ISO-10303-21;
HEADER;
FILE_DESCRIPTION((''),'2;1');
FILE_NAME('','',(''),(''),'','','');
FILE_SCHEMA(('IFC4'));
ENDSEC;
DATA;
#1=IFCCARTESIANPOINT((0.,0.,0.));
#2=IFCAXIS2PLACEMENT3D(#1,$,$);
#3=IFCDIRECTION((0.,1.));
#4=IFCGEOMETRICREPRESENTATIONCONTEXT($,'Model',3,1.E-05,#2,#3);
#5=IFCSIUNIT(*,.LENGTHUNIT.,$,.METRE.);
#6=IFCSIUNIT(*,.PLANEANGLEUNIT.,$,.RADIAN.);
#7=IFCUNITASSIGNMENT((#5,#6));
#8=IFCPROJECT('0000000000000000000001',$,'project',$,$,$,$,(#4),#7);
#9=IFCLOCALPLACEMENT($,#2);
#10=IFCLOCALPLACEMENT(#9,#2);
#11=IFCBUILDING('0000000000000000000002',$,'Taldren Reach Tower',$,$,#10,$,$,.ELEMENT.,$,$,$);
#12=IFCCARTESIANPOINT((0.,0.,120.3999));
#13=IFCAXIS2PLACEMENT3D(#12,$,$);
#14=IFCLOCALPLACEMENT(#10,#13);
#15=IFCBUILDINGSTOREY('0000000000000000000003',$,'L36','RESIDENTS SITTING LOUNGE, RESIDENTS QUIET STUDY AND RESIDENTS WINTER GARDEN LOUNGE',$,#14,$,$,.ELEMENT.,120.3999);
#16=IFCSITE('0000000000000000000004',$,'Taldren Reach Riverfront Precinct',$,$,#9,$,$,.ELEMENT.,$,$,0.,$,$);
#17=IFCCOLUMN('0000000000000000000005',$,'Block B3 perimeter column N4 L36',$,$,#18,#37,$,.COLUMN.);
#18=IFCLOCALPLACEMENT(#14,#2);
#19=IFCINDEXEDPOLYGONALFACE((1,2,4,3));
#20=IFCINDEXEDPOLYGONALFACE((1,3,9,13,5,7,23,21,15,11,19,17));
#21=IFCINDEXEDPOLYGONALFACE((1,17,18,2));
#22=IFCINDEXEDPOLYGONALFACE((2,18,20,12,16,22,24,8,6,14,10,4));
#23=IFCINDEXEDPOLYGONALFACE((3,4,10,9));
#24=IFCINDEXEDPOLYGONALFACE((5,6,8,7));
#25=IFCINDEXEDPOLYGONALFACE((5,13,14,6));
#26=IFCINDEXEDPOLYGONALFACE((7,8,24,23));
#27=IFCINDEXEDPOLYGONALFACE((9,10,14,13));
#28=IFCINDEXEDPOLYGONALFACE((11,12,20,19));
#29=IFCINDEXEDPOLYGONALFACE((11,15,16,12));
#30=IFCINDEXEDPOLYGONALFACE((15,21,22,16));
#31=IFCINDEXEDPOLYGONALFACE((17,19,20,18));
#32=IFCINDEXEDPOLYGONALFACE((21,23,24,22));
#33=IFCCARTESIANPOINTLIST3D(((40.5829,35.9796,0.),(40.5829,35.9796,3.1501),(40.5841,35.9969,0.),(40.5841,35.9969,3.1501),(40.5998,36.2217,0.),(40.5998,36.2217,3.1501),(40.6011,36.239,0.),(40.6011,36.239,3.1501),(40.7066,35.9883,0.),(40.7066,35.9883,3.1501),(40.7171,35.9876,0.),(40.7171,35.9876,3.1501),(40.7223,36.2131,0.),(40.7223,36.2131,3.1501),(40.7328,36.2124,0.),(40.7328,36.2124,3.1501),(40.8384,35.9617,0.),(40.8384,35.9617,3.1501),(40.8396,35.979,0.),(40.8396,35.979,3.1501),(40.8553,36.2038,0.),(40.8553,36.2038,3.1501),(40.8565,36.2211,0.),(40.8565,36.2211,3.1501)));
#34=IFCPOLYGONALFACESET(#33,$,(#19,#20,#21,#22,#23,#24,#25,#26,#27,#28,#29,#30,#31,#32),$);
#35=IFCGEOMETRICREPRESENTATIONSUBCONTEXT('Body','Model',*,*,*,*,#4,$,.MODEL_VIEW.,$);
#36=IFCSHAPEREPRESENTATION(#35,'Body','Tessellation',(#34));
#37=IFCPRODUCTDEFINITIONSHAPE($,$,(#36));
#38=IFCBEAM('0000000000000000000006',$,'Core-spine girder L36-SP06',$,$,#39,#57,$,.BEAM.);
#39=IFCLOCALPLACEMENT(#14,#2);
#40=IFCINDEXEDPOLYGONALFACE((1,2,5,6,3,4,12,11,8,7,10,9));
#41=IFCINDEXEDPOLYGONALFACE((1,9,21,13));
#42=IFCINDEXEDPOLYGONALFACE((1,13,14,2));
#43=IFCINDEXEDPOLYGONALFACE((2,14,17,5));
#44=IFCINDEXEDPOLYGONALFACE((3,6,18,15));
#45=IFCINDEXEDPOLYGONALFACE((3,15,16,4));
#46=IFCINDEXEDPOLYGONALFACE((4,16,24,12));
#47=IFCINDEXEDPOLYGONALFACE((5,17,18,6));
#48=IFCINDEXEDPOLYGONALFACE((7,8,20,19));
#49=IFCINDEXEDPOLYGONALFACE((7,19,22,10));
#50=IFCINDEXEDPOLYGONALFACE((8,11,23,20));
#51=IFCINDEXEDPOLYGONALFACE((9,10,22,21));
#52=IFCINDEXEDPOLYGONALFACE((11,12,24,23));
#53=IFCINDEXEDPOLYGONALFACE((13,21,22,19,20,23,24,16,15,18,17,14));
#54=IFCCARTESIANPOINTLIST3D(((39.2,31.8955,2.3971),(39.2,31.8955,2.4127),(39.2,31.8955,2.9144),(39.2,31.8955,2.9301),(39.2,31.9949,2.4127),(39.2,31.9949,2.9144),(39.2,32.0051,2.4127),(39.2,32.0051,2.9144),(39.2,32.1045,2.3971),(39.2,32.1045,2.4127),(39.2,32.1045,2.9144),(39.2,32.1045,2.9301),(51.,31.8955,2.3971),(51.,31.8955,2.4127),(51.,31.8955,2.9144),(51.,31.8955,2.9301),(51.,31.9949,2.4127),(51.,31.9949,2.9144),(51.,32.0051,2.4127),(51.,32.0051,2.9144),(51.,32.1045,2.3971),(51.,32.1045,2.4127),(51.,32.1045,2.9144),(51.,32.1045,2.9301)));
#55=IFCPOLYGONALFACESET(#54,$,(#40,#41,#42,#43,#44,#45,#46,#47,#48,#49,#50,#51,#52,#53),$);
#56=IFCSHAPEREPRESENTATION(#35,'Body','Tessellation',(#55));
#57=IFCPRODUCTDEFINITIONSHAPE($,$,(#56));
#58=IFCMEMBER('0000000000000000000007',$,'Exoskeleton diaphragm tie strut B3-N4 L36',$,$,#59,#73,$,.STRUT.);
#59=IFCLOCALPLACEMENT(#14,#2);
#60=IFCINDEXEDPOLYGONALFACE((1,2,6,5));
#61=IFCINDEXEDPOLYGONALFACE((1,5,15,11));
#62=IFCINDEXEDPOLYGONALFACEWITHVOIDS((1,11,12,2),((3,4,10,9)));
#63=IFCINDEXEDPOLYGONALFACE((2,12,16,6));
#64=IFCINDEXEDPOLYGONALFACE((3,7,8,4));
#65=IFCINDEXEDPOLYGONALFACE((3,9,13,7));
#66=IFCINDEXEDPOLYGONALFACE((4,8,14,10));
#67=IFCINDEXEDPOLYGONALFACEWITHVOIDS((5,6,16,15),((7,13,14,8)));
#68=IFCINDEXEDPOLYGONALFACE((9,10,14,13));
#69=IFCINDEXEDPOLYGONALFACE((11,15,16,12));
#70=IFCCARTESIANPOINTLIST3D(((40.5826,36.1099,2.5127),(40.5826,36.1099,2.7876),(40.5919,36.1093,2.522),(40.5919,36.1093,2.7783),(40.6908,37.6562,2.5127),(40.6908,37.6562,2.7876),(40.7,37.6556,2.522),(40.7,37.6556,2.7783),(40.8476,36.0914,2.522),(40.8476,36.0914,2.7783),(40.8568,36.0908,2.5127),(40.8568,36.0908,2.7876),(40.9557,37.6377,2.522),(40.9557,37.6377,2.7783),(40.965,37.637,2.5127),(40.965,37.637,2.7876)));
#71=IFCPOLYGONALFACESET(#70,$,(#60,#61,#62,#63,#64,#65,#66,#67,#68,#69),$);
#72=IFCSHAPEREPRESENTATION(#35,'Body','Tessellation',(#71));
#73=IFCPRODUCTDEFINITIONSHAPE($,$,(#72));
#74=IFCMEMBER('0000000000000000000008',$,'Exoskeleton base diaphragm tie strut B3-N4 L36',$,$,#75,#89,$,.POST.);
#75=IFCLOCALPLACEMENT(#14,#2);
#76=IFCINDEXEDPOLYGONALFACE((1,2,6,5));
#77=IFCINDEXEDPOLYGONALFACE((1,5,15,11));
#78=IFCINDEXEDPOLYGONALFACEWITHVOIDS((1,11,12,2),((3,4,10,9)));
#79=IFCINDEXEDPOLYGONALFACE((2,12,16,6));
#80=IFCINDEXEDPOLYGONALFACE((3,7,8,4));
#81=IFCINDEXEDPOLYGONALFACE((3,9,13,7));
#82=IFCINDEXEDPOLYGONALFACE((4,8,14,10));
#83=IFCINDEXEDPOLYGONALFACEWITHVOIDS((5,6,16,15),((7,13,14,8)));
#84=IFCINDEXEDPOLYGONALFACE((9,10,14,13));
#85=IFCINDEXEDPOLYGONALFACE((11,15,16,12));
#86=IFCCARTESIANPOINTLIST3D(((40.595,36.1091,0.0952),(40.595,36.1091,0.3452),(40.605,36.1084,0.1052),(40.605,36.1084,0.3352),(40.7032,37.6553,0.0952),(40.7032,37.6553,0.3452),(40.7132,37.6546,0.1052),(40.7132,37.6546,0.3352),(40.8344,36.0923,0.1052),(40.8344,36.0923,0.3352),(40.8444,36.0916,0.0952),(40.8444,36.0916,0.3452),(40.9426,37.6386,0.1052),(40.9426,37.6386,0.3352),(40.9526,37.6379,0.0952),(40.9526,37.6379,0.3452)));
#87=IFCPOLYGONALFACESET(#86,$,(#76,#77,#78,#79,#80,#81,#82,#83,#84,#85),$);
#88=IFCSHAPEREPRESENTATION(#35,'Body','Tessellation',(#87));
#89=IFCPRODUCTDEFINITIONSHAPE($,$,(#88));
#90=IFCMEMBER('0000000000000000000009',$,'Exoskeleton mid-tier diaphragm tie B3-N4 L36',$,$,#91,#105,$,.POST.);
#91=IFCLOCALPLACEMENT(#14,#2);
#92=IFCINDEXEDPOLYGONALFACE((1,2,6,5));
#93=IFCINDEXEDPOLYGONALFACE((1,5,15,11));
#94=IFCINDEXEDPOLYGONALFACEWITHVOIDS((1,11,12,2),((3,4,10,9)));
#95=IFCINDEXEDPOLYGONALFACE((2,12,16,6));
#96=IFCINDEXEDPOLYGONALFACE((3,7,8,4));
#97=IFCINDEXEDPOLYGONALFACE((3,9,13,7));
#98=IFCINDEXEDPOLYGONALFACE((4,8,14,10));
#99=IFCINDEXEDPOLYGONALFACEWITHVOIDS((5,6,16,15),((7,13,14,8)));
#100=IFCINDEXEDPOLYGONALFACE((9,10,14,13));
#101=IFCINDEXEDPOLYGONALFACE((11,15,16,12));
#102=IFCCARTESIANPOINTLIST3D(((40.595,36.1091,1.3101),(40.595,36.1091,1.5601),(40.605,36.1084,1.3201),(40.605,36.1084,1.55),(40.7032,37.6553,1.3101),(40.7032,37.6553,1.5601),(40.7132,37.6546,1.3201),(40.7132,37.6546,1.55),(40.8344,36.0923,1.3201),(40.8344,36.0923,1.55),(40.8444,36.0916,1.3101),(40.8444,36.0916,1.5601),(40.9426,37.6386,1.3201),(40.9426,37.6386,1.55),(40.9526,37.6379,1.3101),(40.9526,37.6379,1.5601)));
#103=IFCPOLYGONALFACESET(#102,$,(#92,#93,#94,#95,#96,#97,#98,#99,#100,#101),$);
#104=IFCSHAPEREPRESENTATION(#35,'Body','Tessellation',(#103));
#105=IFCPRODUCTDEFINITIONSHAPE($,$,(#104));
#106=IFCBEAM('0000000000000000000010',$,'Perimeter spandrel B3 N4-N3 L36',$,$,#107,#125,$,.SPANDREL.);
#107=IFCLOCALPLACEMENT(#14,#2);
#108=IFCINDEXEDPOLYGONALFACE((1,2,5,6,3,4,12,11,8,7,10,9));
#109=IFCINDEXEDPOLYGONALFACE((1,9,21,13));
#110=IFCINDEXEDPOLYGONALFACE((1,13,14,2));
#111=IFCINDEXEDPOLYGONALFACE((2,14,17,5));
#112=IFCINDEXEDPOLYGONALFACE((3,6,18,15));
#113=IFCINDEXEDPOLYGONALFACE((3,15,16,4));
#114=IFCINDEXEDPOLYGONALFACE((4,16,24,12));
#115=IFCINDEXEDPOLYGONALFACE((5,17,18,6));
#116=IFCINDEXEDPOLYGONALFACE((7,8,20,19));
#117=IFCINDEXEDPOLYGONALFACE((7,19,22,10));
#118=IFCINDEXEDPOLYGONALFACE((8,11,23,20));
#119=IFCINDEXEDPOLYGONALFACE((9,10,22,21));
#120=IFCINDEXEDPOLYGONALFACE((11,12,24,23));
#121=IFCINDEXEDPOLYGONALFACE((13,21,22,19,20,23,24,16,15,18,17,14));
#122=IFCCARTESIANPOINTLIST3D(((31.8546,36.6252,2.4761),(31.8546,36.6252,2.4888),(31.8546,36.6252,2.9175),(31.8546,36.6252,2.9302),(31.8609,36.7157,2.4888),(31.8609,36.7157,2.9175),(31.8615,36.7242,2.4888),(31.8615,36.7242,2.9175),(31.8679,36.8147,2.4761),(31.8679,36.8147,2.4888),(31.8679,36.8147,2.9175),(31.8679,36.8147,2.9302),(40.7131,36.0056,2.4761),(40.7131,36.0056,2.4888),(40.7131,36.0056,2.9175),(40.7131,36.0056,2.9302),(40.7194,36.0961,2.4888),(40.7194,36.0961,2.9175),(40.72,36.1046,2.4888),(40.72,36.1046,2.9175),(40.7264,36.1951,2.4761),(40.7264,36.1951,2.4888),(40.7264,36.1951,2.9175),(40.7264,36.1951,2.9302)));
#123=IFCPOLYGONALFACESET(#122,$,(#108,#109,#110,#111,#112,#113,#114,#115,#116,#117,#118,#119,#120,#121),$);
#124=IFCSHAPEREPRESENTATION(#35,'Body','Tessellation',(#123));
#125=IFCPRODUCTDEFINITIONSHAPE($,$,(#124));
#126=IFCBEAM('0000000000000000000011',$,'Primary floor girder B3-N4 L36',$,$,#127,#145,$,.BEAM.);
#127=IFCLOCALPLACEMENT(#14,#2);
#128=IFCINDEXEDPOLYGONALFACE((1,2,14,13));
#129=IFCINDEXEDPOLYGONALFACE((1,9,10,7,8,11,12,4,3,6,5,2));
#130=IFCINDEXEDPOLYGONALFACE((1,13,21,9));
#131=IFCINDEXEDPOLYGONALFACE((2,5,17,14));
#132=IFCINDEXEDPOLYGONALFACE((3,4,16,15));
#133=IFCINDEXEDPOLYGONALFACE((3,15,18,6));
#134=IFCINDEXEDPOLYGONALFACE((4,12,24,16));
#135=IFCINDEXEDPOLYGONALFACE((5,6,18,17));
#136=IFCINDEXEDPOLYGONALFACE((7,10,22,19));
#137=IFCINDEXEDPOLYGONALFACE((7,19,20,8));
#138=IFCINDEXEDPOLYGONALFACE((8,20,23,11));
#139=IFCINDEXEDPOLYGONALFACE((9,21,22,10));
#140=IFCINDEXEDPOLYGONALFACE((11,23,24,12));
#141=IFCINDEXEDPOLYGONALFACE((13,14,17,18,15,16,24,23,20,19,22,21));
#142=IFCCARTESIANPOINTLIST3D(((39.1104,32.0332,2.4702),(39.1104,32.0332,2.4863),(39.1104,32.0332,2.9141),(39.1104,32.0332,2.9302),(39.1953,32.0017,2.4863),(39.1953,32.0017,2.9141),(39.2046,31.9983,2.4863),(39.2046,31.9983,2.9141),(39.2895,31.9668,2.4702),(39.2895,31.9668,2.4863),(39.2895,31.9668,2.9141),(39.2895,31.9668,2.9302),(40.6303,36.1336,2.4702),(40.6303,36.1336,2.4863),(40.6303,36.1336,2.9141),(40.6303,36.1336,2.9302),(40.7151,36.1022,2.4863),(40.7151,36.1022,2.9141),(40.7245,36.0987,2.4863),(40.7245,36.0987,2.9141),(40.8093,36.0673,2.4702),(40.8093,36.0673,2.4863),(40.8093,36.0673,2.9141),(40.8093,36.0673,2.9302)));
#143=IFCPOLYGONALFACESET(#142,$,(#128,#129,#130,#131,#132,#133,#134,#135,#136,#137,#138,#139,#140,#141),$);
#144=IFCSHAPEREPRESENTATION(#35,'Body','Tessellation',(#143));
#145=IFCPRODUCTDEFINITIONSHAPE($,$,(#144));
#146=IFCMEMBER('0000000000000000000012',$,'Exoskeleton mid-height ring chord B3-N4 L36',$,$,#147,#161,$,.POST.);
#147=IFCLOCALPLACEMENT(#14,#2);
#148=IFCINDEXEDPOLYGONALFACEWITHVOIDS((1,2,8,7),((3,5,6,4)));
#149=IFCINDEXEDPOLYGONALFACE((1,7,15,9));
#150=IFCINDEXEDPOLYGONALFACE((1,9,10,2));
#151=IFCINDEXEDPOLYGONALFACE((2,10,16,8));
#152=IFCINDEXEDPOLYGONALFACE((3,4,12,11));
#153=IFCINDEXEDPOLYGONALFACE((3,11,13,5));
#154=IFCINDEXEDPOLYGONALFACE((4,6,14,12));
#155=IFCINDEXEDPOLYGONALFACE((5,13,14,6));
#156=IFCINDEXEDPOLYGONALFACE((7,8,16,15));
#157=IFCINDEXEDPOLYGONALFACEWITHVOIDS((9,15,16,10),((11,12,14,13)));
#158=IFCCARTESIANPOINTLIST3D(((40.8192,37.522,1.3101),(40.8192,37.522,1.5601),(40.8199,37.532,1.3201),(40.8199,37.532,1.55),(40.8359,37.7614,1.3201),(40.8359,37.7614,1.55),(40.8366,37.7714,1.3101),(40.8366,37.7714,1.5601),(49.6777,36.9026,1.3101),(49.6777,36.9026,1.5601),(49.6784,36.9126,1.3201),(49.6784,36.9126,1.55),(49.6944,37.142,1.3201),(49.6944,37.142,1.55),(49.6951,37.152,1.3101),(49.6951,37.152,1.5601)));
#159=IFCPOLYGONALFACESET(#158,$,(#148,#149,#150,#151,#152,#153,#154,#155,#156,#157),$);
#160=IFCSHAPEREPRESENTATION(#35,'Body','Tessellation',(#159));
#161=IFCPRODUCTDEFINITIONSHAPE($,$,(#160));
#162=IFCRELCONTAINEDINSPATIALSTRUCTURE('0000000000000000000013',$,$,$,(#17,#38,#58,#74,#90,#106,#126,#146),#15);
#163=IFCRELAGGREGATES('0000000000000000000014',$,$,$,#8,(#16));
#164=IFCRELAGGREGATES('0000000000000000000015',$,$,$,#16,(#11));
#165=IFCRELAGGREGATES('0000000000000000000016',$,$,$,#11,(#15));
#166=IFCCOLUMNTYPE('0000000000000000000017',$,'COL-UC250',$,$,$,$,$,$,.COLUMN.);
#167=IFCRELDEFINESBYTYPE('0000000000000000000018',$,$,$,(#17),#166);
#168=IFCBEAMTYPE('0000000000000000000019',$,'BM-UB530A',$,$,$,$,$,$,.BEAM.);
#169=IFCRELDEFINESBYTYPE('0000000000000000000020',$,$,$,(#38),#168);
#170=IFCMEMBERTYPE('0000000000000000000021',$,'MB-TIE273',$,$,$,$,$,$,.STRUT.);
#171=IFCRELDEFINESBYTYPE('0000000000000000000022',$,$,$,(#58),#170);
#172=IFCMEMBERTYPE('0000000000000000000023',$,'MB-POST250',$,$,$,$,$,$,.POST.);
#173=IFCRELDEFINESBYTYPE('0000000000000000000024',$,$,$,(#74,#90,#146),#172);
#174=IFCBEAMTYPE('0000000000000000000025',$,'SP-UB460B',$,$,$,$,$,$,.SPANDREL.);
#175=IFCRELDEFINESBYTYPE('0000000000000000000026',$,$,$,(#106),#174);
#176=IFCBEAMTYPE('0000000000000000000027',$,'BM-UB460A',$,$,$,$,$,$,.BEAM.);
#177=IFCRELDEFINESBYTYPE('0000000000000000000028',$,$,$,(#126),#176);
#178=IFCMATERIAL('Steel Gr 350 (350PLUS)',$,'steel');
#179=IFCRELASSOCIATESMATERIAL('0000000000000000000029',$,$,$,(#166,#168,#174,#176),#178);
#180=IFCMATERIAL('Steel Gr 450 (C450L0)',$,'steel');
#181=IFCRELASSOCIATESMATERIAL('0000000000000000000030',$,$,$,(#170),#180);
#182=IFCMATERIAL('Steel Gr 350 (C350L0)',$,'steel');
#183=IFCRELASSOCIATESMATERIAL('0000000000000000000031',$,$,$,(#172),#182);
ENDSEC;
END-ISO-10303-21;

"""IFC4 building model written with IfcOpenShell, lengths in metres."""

from ifc_helpers import new_model, si_unit, direction, frame, origin, origin_2d, place, context, subcontext, project, spatial, hollow_rectangle, i_section, extrude, source, transform, mapped, material, material_profile, profile_set, type_object, element, save


model = new_model("IFC4")

# Units and contexts
model_context = context("Model", 3, precision=1e-05, world=origin(), true_north=direction((0.0, 1.0)))
body_context = subcontext(model_context, "Body", "Model", "MODEL_VIEW")
ifc_project = project(units=[si_unit("LENGTHUNIT", "METRE"), si_unit("PLANEANGLEUNIT", "RADIAN")], contexts=[model_context])

# Site, building, storey
site_placement = place(None, origin())
site = spatial("IfcSite", under=ifc_project, at=site_placement, Name="Taldren Reach Riverfront Precinct", CompositionType="ELEMENT", RefElevation=0.0)
building_placement = place(site_placement, origin())
building = spatial("IfcBuilding", under=site, at=building_placement, Name="Taldren Reach Tower", CompositionType="ELEMENT")
storey_placement = place(building_placement, frame((0.0, 0.0, 120.3999)))
storey = spatial("IfcBuildingStorey", under=building, at=storey_placement, Name="L36", Description="RESIDENTS SITTING LOUNGE, RESIDENTS QUIET STUDY AND RESIDENTS WINTER GARDEN LOUNGE", CompositionType="ELEMENT", Elevation=120.3999)

# Column
ifc_material_1 = material(Name="Steel Gr 350 (350PLUS)", Category="steel")
ifc_material_profile_1 = material_profile(ifc_material_1, i_section(OverallWidth=0.2561, OverallDepth=0.26, WebThickness=0.0105, FlangeThickness=0.0173, at=origin_2d()), Name="250UC89.5")
ifc_profile_set_1 = profile_set([ifc_material_profile_1], Name="Steel Gr 350 (350PLUS)")
column_type = type_object("IfcColumnType", Name="COL-UC250", PredefinedType="COLUMN", material=ifc_profile_set_1)
shared_shape_1 = source(origin(), body_context, "Body", "SweptSolid", [
    extrude(i_section(OverallWidth=0.2561, OverallDepth=0.26, WebThickness=0.0105, FlangeThickness=0.0173, at=origin_2d()), origin(), (0.0, 0.0, 1.0), 3.1501),
])
column_placement = place(storey_placement, frame((40.7197, 36.1003, 0.0), z_axis=(0.0, 0.0, 1.0), x_axis=(0.997564, -0.069756, 0.0)))
element("IfcColumn", 1, at=column_placement, inside=storey, type_object=column_type, Name="Block B3 perimeter column N4 L36", PredefinedType="COLUMN", context=body_context, shape_type="MappedRepresentation", body=[
    mapped(shared_shape_1, transform((0.0, 0.0, 0.0), scale=1.0)),
])

# Beam
ifc_material_profile_2 = material_profile(ifc_material_1, i_section(OverallWidth=0.209, OverallDepth=0.533, WebThickness=0.0103, FlangeThickness=0.0156, at=origin_2d()), Name="530UB92.4")
ifc_profile_set_2 = profile_set([ifc_material_profile_2], Name="Steel Gr 350 (350PLUS)")
beam_type_1 = type_object("IfcBeamType", Name="BM-UB530A", PredefinedType="BEAM", material=ifc_profile_set_2)
shared_shape_2 = source(origin(), body_context, "Body", "SweptSolid", [
    extrude(i_section(OverallWidth=0.209, OverallDepth=0.533, WebThickness=0.0103, FlangeThickness=0.0156, at=origin_2d()), origin(), (0.0, 0.0, 1.0), 11.8),
])
beam_1_placement = place(storey_placement, frame((39.2, 32.0, 2.6636), z_axis=(1.0, 0.0, 0.0), x_axis=(0.0, 1.0, 0.0)))
element("IfcBeam", 2, at=beam_1_placement, inside=storey, type_object=beam_type_1, Name="Core-spine girder L36-SP06", PredefinedType="BEAM", context=body_context, shape_type="MappedRepresentation", body=[
    mapped(shared_shape_2, transform((0.0, 0.0, 0.0), scale=1.0)),
])

# Members
ifc_material_2 = material(Name="Steel Gr 450 (C450L0)", Category="steel")
ifc_material_profile_3 = material_profile(ifc_material_2, hollow_rectangle(XDim=0.2749, YDim=0.2749, WallThickness=0.0093, at=origin_2d()), Name="275x275x9.3SHS")
ifc_profile_set_3 = profile_set([ifc_material_profile_3], Name="Steel Gr 450 (C450L0)")
member_type_1 = type_object("IfcMemberType", Name="MB-TIE273", PredefinedType="STRUT", material=ifc_profile_set_3)
shared_shape_3 = source(origin(), body_context, "Body", "SweptSolid", [
    extrude(hollow_rectangle(XDim=0.2749, YDim=0.2749, WallThickness=0.0093, at=origin_2d()), origin(), (0.0, 0.0, 1.0), 1.55),
])
member_1_placement = place(storey_placement, frame((40.7197, 36.1003, 2.6501), z_axis=(0.06977, 0.997563, 0.0), x_axis=(-0.997563, 0.06977, 0.0)))
element("IfcMember", 3, at=member_1_placement, inside=storey, type_object=member_type_1, Name="Exoskeleton diaphragm tie strut B3-N4 L36", PredefinedType="STRUT", context=body_context, shape_type="MappedRepresentation", body=[
    mapped(shared_shape_3, transform((0.0, 0.0, 0.0), scale=1.0)),
])
ifc_material_3 = material(Name="Steel Gr 350 (C350L0)", Category="steel")
ifc_material_profile_4 = material_profile(ifc_material_3, hollow_rectangle(XDim=0.25, YDim=0.25, WallThickness=0.01, at=origin_2d()), Name="250x250x10.0SHS")
ifc_profile_set_4 = profile_set([ifc_material_profile_4], Name="Steel Gr 350 (C350L0)")
member_type_2 = type_object("IfcMemberType", Name="MB-POST250", PredefinedType="POST", material=ifc_profile_set_4)
shared_shape_4 = source(origin(), body_context, "Body", "SweptSolid", [
    extrude(hollow_rectangle(XDim=0.25, YDim=0.25, WallThickness=0.01, at=origin_2d()), origin(), (0.0, 0.0, 1.0), 1.55),
])
for number, where, z_axis, x_axis, name in (
    (4, (40.7197, 36.1003, 0.2202), (0.06977, 0.997563, 0.0), (-0.997563, 0.06977, 0.0), "Exoskeleton base diaphragm tie strut B3-N4 L36"),
    (5, (40.7197, 36.1003, 1.4351), (0.06977, 0.997563, 0.0), (-0.997563, 0.06977, 0.0), "Exoskeleton mid-tier diaphragm tie B3-N4 L36"),
):
    element("IfcMember", number, at=place(storey_placement, frame(where, z_axis=z_axis, x_axis=x_axis)), inside=storey, type_object=member_type_2, Name=name, PredefinedType="POST", context=body_context, shape_type="MappedRepresentation", body=[
        mapped(shared_shape_4, transform((0.0, 0.0, 0.0), scale=1.0)),
    ])

# Beams
ifc_material_profile_5 = material_profile(ifc_material_1, i_section(OverallWidth=0.1899, OverallDepth=0.4541, WebThickness=0.0085, FlangeThickness=0.0127, at=origin_2d()), Name="460UB67.1")
ifc_profile_set_5 = profile_set([ifc_material_profile_5], Name="Steel Gr 350 (350PLUS)")
beam_type_2 = type_object("IfcBeamType", Name="SP-UB460B", PredefinedType="SPANDREL", material=ifc_profile_set_5)
shared_shape_5 = source(origin(), body_context, "Body", "SweptSolid", [
    extrude(i_section(OverallWidth=0.1899, OverallDepth=0.4541, WebThickness=0.0085, FlangeThickness=0.0127, at=origin_2d()), origin(), (0.0, 0.0, 1.0), 8.8801),
])
beam_2_placement = place(storey_placement, frame((40.7197, 36.1003, 2.7031), z_axis=(-0.997563, 0.069778, 0.0), x_axis=(-0.069778, -0.997563, 0.0)))
element("IfcBeam", 6, at=beam_2_placement, inside=storey, type_object=beam_type_2, Name="Perimeter spandrel B3 N4-N3 L36", PredefinedType="SPANDREL", context=body_context, shape_type="MappedRepresentation", body=[
    mapped(shared_shape_5, transform((0.0, 0.0, 0.0), scale=1.0)),
])
ifc_material_profile_6 = material_profile(ifc_material_1, i_section(OverallWidth=0.1909, OverallDepth=0.46, WebThickness=0.01, FlangeThickness=0.0161, at=origin_2d()), Name="460UB82.1")
ifc_profile_set_6 = profile_set([ifc_material_profile_6], Name="Steel Gr 350 (350PLUS)")
beam_type_3 = type_object("IfcBeamType", Name="BM-UB460A", PredefinedType="BEAM", material=ifc_profile_set_6)
shared_shape_6 = source(origin(), body_context, "Body", "SweptSolid", [
    extrude(i_section(OverallWidth=0.1909, OverallDepth=0.46, WebThickness=0.01, FlangeThickness=0.0161, at=origin_2d()), origin(), (0.0, 0.0, 1.0), 4.373),
])
beam_3_placement = place(storey_placement, frame((39.2, 32.0, 2.7002), z_axis=(0.347542, 0.937665, 0.0), x_axis=(-0.937665, 0.347542, 0.0)))
element("IfcBeam", 7, at=beam_3_placement, inside=storey, type_object=beam_type_3, Name="Primary floor girder B3-N4 L36", PredefinedType="BEAM", context=body_context, shape_type="MappedRepresentation", body=[
    mapped(shared_shape_6, transform((0.0, 0.0, 0.0), scale=1.0)),
])

# Member
shared_shape_7 = source(origin(), body_context, "Body", "SweptSolid", [
    extrude(hollow_rectangle(XDim=0.25, YDim=0.25, WallThickness=0.01, at=origin_2d()), origin(), (0.0, 0.0, 1.0), 8.8801),
])
member_2_placement = place(storey_placement, frame((40.8279, 37.6467, 1.4351), z_axis=(0.997564, -0.06975, 0.0), x_axis=(0.06975, 0.997564, 0.0)))
element("IfcMember", 8, at=member_2_placement, inside=storey, type_object=member_type_2, Name="Exoskeleton mid-height ring chord B3-N4 L36", PredefinedType="POST", context=body_context, shape_type="MappedRepresentation", body=[
    mapped(shared_shape_7, transform((0.0, 0.0, 0.0), scale=1.0)),
])

save(model, "model.ifc")
